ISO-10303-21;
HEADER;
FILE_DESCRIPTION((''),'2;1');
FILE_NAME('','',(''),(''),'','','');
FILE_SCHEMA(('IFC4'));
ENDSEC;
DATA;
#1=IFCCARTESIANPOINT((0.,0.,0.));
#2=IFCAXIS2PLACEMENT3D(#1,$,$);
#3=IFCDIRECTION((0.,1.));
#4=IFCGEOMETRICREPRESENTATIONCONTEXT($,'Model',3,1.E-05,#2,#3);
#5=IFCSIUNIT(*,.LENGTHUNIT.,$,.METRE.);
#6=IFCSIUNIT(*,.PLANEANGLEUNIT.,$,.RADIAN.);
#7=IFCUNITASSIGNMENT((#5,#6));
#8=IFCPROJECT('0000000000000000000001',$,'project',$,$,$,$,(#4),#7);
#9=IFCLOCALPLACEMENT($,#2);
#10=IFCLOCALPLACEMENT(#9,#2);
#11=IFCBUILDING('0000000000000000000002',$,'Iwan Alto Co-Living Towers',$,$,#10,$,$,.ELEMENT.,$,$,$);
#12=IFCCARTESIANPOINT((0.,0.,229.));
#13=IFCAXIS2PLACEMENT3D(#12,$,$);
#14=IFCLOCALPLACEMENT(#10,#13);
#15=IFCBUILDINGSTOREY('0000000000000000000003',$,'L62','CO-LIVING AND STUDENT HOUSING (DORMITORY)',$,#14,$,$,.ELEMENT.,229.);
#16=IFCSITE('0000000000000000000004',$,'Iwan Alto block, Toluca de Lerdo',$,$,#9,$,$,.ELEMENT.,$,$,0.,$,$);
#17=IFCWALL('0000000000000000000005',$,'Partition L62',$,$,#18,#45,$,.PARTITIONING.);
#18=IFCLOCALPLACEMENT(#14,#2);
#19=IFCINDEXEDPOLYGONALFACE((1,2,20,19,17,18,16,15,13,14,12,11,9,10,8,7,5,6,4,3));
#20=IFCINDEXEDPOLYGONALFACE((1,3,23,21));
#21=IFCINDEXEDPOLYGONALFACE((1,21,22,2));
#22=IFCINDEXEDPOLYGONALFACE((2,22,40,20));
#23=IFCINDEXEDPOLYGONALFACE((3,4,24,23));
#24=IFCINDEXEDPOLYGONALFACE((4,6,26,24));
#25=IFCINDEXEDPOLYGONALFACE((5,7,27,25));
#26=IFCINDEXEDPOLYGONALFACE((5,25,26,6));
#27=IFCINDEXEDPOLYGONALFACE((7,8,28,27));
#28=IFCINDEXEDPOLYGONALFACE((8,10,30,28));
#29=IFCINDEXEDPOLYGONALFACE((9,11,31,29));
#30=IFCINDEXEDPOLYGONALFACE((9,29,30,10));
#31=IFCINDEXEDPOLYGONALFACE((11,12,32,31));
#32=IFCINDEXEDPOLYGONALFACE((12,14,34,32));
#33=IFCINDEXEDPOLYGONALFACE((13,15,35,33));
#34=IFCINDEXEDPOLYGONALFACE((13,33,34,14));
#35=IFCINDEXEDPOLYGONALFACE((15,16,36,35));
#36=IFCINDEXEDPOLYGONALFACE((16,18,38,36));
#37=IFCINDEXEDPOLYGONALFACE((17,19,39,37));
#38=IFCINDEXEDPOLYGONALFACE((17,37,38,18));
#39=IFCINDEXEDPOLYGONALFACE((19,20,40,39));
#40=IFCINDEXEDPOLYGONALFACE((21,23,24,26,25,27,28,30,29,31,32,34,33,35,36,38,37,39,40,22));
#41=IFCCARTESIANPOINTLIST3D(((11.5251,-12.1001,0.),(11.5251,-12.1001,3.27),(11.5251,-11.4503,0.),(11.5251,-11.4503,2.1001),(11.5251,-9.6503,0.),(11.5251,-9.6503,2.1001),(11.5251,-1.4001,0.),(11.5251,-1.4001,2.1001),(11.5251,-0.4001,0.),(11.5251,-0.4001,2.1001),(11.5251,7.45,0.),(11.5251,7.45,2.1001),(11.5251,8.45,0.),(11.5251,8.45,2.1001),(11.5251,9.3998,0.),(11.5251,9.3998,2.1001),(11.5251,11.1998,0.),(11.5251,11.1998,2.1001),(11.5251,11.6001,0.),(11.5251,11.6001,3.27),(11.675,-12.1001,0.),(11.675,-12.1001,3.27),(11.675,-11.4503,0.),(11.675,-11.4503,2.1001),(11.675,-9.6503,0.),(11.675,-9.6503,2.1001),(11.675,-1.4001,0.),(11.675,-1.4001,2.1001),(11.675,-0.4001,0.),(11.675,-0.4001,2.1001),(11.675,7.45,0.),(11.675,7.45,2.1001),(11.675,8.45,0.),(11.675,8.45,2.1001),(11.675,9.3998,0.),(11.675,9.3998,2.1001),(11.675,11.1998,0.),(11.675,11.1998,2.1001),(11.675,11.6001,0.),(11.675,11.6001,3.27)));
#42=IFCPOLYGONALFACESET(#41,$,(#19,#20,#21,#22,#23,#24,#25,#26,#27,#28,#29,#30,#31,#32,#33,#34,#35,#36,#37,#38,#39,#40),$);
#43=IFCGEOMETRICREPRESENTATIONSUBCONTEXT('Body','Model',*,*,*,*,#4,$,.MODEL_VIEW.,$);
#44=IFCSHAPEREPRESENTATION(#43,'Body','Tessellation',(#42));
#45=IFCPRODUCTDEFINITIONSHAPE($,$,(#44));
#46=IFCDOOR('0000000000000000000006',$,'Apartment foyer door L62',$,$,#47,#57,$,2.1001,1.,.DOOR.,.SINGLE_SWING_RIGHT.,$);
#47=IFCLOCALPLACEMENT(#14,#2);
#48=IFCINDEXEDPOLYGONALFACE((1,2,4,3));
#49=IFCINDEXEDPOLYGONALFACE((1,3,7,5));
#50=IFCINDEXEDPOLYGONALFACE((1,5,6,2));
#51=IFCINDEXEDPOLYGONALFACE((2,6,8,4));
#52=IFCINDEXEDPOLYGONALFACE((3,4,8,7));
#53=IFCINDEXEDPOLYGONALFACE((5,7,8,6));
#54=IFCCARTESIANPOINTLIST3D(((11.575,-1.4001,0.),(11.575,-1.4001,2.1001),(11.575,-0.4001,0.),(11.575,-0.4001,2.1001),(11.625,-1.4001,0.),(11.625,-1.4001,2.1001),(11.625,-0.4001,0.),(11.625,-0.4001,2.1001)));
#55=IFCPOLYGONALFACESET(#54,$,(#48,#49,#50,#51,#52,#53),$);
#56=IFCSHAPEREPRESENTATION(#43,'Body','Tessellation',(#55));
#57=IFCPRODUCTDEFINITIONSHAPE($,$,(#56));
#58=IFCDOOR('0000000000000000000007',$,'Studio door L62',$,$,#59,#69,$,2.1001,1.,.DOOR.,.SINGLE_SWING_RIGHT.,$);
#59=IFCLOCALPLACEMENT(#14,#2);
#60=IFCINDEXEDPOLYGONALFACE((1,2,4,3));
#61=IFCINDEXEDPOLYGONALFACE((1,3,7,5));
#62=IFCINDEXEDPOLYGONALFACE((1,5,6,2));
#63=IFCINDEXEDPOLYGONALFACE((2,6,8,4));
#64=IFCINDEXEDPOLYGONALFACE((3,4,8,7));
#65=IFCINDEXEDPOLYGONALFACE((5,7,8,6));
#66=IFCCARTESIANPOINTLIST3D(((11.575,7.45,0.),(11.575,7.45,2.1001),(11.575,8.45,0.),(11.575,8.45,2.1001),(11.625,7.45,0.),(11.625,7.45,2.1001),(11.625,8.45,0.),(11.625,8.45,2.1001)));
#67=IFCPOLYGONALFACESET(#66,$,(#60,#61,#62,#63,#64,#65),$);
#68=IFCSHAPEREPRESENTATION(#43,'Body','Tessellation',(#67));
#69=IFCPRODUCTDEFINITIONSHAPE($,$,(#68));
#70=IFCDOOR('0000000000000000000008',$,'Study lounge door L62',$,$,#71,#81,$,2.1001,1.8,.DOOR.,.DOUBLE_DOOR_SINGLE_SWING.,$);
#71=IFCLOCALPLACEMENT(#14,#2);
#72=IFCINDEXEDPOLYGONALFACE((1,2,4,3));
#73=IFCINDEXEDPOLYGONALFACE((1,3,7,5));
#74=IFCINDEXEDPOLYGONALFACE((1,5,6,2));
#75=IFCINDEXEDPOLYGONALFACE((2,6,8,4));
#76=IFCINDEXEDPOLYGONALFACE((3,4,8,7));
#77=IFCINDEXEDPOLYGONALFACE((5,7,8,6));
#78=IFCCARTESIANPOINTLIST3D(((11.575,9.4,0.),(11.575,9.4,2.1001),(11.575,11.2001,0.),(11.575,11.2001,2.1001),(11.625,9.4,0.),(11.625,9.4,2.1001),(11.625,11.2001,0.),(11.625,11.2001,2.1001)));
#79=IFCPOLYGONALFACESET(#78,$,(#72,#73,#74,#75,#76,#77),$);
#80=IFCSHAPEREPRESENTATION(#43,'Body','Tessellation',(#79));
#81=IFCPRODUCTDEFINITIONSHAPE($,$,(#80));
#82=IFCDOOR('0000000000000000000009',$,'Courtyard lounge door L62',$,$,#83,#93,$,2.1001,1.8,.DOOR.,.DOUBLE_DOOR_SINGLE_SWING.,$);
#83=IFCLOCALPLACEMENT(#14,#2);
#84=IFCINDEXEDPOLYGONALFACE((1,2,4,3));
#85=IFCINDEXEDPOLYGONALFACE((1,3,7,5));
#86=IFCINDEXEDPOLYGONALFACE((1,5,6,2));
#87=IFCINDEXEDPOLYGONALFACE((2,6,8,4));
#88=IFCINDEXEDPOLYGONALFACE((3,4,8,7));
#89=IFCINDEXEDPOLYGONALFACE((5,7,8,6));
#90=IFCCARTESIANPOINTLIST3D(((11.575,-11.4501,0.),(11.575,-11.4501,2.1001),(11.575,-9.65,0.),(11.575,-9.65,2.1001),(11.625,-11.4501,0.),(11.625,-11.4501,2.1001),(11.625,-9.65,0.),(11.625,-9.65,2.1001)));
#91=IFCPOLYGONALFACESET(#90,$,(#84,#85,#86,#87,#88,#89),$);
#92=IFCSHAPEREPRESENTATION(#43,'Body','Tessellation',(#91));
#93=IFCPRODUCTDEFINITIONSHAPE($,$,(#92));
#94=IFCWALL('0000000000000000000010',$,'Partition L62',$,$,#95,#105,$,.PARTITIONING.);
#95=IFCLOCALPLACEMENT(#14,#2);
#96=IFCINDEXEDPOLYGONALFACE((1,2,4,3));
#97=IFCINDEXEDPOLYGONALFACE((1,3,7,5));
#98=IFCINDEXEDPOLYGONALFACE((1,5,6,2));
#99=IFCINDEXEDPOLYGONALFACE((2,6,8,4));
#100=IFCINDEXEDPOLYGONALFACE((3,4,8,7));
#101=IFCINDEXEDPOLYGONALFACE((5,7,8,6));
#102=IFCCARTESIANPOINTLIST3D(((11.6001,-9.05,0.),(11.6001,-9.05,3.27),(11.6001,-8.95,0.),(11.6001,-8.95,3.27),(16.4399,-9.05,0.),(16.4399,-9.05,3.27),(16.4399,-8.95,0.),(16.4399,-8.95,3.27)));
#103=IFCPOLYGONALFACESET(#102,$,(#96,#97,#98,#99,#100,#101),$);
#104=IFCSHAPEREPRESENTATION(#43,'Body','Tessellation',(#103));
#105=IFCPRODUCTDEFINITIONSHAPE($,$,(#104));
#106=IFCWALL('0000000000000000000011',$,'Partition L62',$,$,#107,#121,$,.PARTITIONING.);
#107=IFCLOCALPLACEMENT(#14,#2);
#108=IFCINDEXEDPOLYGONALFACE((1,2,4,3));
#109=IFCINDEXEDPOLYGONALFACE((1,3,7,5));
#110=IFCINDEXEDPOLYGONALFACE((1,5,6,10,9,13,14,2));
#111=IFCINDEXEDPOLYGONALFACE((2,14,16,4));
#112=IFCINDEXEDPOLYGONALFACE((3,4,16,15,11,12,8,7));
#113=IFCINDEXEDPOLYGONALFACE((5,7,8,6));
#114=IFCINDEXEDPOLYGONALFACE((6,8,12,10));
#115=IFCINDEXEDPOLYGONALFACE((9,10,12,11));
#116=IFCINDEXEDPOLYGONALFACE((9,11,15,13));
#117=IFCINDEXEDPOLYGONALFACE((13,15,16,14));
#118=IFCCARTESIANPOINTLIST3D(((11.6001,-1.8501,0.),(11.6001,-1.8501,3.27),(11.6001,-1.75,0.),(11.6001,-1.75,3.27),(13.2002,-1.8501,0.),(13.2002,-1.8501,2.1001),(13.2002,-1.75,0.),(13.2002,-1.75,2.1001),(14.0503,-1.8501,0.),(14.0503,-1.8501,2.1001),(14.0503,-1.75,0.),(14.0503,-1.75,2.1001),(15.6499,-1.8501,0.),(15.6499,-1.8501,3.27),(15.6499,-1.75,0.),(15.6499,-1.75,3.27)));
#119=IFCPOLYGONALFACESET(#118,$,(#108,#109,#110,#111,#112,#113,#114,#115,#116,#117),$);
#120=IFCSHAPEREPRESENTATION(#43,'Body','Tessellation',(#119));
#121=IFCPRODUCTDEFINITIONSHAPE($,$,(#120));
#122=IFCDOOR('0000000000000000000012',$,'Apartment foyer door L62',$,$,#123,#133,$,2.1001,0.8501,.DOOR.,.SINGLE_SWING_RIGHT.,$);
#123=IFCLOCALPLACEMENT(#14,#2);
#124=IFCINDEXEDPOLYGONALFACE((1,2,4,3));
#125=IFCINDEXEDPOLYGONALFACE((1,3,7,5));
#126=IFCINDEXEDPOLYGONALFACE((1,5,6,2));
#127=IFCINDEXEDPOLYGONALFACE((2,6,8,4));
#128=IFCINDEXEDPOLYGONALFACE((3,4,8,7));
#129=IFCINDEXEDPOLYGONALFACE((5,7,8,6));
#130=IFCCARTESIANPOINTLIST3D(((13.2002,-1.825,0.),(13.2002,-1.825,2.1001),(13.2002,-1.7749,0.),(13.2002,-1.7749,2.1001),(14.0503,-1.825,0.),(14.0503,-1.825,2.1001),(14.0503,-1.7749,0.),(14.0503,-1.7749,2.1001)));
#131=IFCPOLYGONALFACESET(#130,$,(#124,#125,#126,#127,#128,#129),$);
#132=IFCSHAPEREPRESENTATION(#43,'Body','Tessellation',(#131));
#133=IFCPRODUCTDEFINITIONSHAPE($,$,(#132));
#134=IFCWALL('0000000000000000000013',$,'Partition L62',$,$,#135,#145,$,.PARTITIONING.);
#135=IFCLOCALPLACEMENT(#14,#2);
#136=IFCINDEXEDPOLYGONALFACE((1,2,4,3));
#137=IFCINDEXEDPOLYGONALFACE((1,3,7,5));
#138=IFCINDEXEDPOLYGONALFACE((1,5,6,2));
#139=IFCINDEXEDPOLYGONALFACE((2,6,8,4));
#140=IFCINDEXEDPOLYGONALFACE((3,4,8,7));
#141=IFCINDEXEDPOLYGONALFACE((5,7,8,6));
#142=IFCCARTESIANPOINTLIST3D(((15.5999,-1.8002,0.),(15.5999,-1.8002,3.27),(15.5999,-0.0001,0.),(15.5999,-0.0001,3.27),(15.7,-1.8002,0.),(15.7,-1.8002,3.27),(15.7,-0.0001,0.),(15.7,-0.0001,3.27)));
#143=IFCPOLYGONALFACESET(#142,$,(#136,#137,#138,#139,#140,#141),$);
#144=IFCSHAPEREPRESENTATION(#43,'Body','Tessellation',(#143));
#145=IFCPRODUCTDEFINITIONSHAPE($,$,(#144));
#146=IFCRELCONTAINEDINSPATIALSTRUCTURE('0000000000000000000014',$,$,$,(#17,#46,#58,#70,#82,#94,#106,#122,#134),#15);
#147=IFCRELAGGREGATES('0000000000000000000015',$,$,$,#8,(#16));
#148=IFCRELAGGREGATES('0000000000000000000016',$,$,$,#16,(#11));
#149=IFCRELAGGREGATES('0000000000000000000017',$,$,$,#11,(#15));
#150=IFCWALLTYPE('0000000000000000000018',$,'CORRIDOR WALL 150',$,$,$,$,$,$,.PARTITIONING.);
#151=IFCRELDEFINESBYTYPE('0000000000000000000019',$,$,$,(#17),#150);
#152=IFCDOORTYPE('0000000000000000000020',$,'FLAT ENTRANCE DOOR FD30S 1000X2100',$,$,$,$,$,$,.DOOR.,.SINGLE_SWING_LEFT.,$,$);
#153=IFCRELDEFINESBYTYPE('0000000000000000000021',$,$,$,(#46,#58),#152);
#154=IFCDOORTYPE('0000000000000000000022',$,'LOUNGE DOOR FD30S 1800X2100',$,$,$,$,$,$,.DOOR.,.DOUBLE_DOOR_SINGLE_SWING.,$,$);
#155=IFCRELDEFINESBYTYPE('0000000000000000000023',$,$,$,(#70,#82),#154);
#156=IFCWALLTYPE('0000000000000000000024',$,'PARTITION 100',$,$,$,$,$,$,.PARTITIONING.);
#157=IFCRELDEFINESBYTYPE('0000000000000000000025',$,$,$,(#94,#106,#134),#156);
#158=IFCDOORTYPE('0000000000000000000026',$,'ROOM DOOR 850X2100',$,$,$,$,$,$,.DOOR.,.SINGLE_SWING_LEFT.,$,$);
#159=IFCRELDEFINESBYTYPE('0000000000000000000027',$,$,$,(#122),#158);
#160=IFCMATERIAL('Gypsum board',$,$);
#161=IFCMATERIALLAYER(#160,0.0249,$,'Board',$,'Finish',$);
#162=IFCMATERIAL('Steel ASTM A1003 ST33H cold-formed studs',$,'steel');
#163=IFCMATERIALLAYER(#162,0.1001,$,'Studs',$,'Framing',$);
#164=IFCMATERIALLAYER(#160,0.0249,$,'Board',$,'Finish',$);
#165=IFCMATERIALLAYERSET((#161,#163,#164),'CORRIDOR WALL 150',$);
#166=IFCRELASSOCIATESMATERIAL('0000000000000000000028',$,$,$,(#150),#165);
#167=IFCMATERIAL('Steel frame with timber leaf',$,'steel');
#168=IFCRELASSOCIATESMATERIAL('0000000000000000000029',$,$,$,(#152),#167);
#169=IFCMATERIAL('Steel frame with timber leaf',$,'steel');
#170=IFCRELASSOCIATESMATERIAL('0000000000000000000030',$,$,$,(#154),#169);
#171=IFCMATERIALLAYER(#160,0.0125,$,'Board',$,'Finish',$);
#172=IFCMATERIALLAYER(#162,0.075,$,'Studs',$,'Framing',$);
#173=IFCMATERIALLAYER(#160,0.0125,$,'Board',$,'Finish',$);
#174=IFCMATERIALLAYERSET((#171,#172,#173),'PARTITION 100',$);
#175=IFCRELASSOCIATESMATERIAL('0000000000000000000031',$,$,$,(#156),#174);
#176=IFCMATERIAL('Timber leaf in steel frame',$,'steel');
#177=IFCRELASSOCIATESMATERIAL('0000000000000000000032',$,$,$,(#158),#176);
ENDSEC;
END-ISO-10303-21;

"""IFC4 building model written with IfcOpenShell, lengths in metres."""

from ifc_helpers import new_model, si_unit, direction, frame, frame_2d, origin, place, context, subcontext, project, spatial, rectangle, extrude, material, layer, layer_set, type_object, element, fill, save


model = new_model("IFC4")

# Units and contexts
model_context = context("Model", 3, precision=1e-05, world=origin(), true_north=direction((0.0, 1.0)))
body_context = subcontext(model_context, "Body", "Model", "MODEL_VIEW")
ifc_project = project(units=[si_unit("LENGTHUNIT", "METRE"), si_unit("PLANEANGLEUNIT", "RADIAN")], contexts=[model_context])

# Site, building, storey
site_placement = place(None, origin())
site = spatial("IfcSite", under=ifc_project, at=site_placement, Name="Iwan Alto block, Toluca de Lerdo", CompositionType="ELEMENT", RefElevation=0.0)
building_placement = place(site_placement, origin())
building = spatial("IfcBuilding", under=site, at=building_placement, Name="Iwan Alto Co-Living Towers", CompositionType="ELEMENT")
storey_placement = place(building_placement, frame((0.0, 0.0, 229.0)))
storey = spatial("IfcBuildingStorey", under=building, at=storey_placement, Name="L62", Description="CO-LIVING AND STUDENT HOUSING (DORMITORY)", CompositionType="ELEMENT", Elevation=229.0)

# Wall, openings, doors
ifc_material_1 = material(Name="Gypsum board")
ifc_layer_1 = layer(ifc_material_1, 0.0249, Name="Board", Category="Finish")
ifc_material_2 = material(Name="Steel ASTM A1003 ST33H cold-formed studs", Category="steel")
ifc_layer_2 = layer(ifc_material_2, 0.1001, Name="Studs", Category="Framing")
ifc_layer_3 = layer(ifc_material_1, 0.0249, Name="Board", Category="Finish")
ifc_layer_set_1 = layer_set([ifc_layer_1, ifc_layer_2, ifc_layer_3], Name="CORRIDOR WALL 150")
wall_type_1 = type_object("IfcWallType", Name="CORRIDOR WALL 150", PredefinedType="PARTITIONING", material=ifc_layer_set_1)
wall_1_placement = place(storey_placement, frame((11.6001, -12.1001, 0.0), z_axis=(0.0, 0.0, 1.0), x_axis=(0.0, 1.0, 0.0)))
wall_1 = element("IfcWall", 1, at=wall_1_placement, inside=storey, type_object=wall_type_1, Name="Partition L62", PredefinedType="PARTITIONING", context=body_context, shape_type="SweptSolid", body=[
    extrude(rectangle(XDim=23.7002, YDim=0.1499, at=frame_2d((11.8501, 0.0))), origin(), (0.0, 0.0, 1.0), 3.27),
])
opening_1_placement = place(wall_1_placement, frame((10.7, 0.0, 0.0)))
opening_1 = element("IfcOpeningElement", 2, at=opening_1_placement, cuts=wall_1, PredefinedType="OPENING", context=body_context, shape_type="SweptSolid", body=[
    extrude(rectangle(XDim=1.0, YDim=2.1001, at=frame_2d((0.5, 1.05))), frame((0.0, 0.085, 0.0), z_axis=(0.0, -1.0, 0.0), x_axis=(1.0, 0.0, 0.0)), (0.0, 0.0, 1.0), 0.1699),
])
opening_2_placement = place(wall_1_placement, frame((19.55, 0.0, 0.0)))
opening_2 = element("IfcOpeningElement", 3, at=opening_2_placement, cuts=wall_1, PredefinedType="OPENING", context=body_context, shape_type="SweptSolid", body=[
    extrude(rectangle(XDim=1.0, YDim=2.1001, at=frame_2d((0.5, 1.05))), frame((0.0, 0.085, 0.0), z_axis=(0.0, -1.0, 0.0), x_axis=(1.0, 0.0, 0.0)), (0.0, 0.0, 1.0), 0.1699),
])
opening_3_placement = place(wall_1_placement, frame((21.5, 0.0, 0.0)))
opening_3 = element("IfcOpeningElement", 4, at=opening_3_placement, cuts=wall_1, PredefinedType="OPENING", context=body_context, shape_type="SweptSolid", body=[
    extrude(rectangle(XDim=1.8, YDim=2.1001, at=frame_2d((0.8999, 1.05))), frame((0.0, 0.085, 0.0), z_axis=(0.0, -1.0, 0.0), x_axis=(1.0, 0.0, 0.0)), (0.0, 0.0, 1.0), 0.1699),
])
opening_4_placement = place(wall_1_placement, frame((0.6499, 0.0, 0.0)))
opening_4 = element("IfcOpeningElement", 5, at=opening_4_placement, cuts=wall_1, PredefinedType="OPENING", context=body_context, shape_type="SweptSolid", body=[
    extrude(rectangle(XDim=1.8, YDim=2.1001, at=frame_2d((0.8999, 1.05))), frame((0.0, 0.085, 0.0), z_axis=(0.0, -1.0, 0.0), x_axis=(1.0, 0.0, 0.0)), (0.0, 0.0, 1.0), 0.1699),
])
ifc_material_3 = material(Name="Steel frame with timber leaf", Category="steel")
door_type_1 = type_object("IfcDoorType", Name="FLAT ENTRANCE DOOR FD30S 1000X2100", OperationType="SINGLE_SWING_LEFT", PredefinedType="DOOR", material=ifc_material_3)
door_1_placement = place(opening_1_placement, frame((1.0, 0.0, 0.0), z_axis=(0.0, 0.0, 1.0), x_axis=(-1.0, 0.0, 0.0)))
door_1 = element("IfcDoor", 6, at=door_1_placement, inside=storey, type_object=door_type_1, Name="Apartment foyer door L62", OperationType="SINGLE_SWING_RIGHT", OverallHeight=2.1001, OverallWidth=1.0, PredefinedType="DOOR", context=body_context, shape_type="SweptSolid", body=[
    extrude(rectangle(XDim=1.0, YDim=2.1001, at=frame_2d((0.5, 1.05))), frame((0.0, 0.0249, 0.0), z_axis=(0.0, -1.0, 0.0), x_axis=(1.0, 0.0, 0.0)), (0.0, 0.0, 1.0), 0.05),
])
fill(opening_1, door_1)
door_2_placement = place(opening_2_placement, frame((1.0, 0.0, 0.0), z_axis=(0.0, 0.0, 1.0), x_axis=(-1.0, 0.0, 0.0)))
door_2 = element("IfcDoor", 7, at=door_2_placement, inside=storey, type_object=door_type_1, Name="Studio door L62", OperationType="SINGLE_SWING_RIGHT", OverallHeight=2.1001, OverallWidth=1.0, PredefinedType="DOOR", context=body_context, shape_type="SweptSolid", body=[
    extrude(rectangle(XDim=1.0, YDim=2.1001, at=frame_2d((0.5, 1.05))), frame((0.0, 0.0249, 0.0), z_axis=(0.0, -1.0, 0.0), x_axis=(1.0, 0.0, 0.0)), (0.0, 0.0, 1.0), 0.05),
])
fill(opening_2, door_2)
ifc_material_4 = material(Name="Steel frame with timber leaf", Category="steel")
door_type_2 = type_object("IfcDoorType", Name="LOUNGE DOOR FD30S 1800X2100", OperationType="DOUBLE_DOOR_SINGLE_SWING", PredefinedType="DOOR", material=ifc_material_4)
door_3_placement = place(opening_3_placement, frame((1.8, 0.0, 0.0), z_axis=(0.0, 0.0, 1.0), x_axis=(-1.0, 0.0, 0.0)))
door_3 = element("IfcDoor", 8, at=door_3_placement, inside=storey, type_object=door_type_2, Name="Study lounge door L62", OperationType="DOUBLE_DOOR_SINGLE_SWING", OverallHeight=2.1001, OverallWidth=1.8, PredefinedType="DOOR", context=body_context, shape_type="SweptSolid", body=[
    extrude(rectangle(XDim=1.8, YDim=2.1001, at=frame_2d((0.8999, 1.05))), frame((0.0, 0.0249, 0.0), z_axis=(0.0, -1.0, 0.0), x_axis=(1.0, 0.0, 0.0)), (0.0, 0.0, 1.0), 0.05),
])
fill(opening_3, door_3)
door_4_placement = place(opening_4_placement, frame((1.8, 0.0, 0.0), z_axis=(0.0, 0.0, 1.0), x_axis=(-1.0, 0.0, 0.0)))
door_4 = element("IfcDoor", 9, at=door_4_placement, inside=storey, type_object=door_type_2, Name="Courtyard lounge door L62", OperationType="DOUBLE_DOOR_SINGLE_SWING", OverallHeight=2.1001, OverallWidth=1.8, PredefinedType="DOOR", context=body_context, shape_type="SweptSolid", body=[
    extrude(rectangle(XDim=1.8, YDim=2.1001, at=frame_2d((0.8999, 1.05))), frame((0.0, 0.0249, 0.0), z_axis=(0.0, -1.0, 0.0), x_axis=(1.0, 0.0, 0.0)), (0.0, 0.0, 1.0), 0.05),
])
fill(opening_4, door_4)

# Wall
ifc_layer_4 = layer(ifc_material_1, 0.0125, Name="Board", Category="Finish")
ifc_layer_5 = layer(ifc_material_2, 0.075, Name="Studs", Category="Framing")
ifc_layer_6 = layer(ifc_material_1, 0.0125, Name="Board", Category="Finish")
ifc_layer_set_2 = layer_set([ifc_layer_4, ifc_layer_5, ifc_layer_6], Name="PARTITION 100")
wall_type_2 = type_object("IfcWallType", Name="PARTITION 100", PredefinedType="PARTITIONING", material=ifc_layer_set_2)
wall_2_placement = place(storey_placement, frame((11.6001, -9.0, 0.0), z_axis=(0.0, 0.0, 1.0), x_axis=(1.0, 0.0, 0.0)))
element("IfcWall", 10, at=wall_2_placement, inside=storey, type_object=wall_type_2, Name="Partition L62", PredefinedType="PARTITIONING", context=body_context, shape_type="SweptSolid", body=[
    extrude(rectangle(XDim=4.8398, YDim=0.1001, at=frame_2d((2.4199, 0.0))), origin(), (0.0, 0.0, 1.0), 3.27),
])

# Wall, opening, door
wall_3_placement = place(storey_placement, frame((11.6001, -1.8, 0.0), z_axis=(0.0, 0.0, 1.0), x_axis=(1.0, 0.0, 0.0)))
wall_3 = element("IfcWall", 11, at=wall_3_placement, inside=storey, type_object=wall_type_2, Name="Partition L62", PredefinedType="PARTITIONING", context=body_context, shape_type="SweptSolid", body=[
    extrude(rectangle(XDim=4.0498, YDim=0.1001, at=frame_2d((2.0249, 0.0))), origin(), (0.0, 0.0, 1.0), 3.27),
])
opening_5_placement = place(wall_3_placement, frame((1.6001, 0.0, 0.0)))
opening_5 = element("IfcOpeningElement", 12, at=opening_5_placement, cuts=wall_3, PredefinedType="OPENING", context=body_context, shape_type="SweptSolid", body=[
    extrude(rectangle(XDim=0.8501, YDim=2.1001, at=frame_2d((0.425, 1.05))), frame((0.0, 0.0601, 0.0), z_axis=(0.0, -1.0, 0.0), x_axis=(1.0, 0.0, 0.0)), (0.0, 0.0, 1.0), 0.1201),
])
ifc_material_5 = material(Name="Timber leaf in steel frame", Category="steel")
door_type_3 = type_object("IfcDoorType", Name="ROOM DOOR 850X2100", OperationType="SINGLE_SWING_LEFT", PredefinedType="DOOR", material=ifc_material_5)
door_5_placement = place(opening_5_placement, frame((0.8501, 0.0, 0.0), z_axis=(0.0, 0.0, 1.0), x_axis=(-1.0, 0.0, 0.0)))
door_5 = element("IfcDoor", 13, at=door_5_placement, inside=storey, type_object=door_type_3, Name="Apartment foyer door L62", OperationType="SINGLE_SWING_RIGHT", OverallHeight=2.1001, OverallWidth=0.8501, PredefinedType="DOOR", context=body_context, shape_type="SweptSolid", body=[
    extrude(rectangle(XDim=0.8501, YDim=2.1001, at=frame_2d((0.425, 1.05))), frame((0.0, 0.0249, 0.0), z_axis=(0.0, -1.0, 0.0), x_axis=(1.0, 0.0, 0.0)), (0.0, 0.0, 1.0), 0.05),
])
fill(opening_5, door_5)

# Wall
wall_4_placement = place(storey_placement, frame((15.6499, -1.8, 0.0), z_axis=(0.0, 0.0, 1.0), x_axis=(0.0, 1.0, 0.0)))
element("IfcWall", 14, at=wall_4_placement, inside=storey, type_object=wall_type_2, Name="Partition L62", PredefinedType="PARTITIONING", context=body_context, shape_type="SweptSolid", body=[
    extrude(rectangle(XDim=1.8, YDim=0.1001, at=frame_2d((0.8999, 0.0))), origin(), (0.0, 0.0, 1.0), 3.27),
])

save(model, "model.ifc")
